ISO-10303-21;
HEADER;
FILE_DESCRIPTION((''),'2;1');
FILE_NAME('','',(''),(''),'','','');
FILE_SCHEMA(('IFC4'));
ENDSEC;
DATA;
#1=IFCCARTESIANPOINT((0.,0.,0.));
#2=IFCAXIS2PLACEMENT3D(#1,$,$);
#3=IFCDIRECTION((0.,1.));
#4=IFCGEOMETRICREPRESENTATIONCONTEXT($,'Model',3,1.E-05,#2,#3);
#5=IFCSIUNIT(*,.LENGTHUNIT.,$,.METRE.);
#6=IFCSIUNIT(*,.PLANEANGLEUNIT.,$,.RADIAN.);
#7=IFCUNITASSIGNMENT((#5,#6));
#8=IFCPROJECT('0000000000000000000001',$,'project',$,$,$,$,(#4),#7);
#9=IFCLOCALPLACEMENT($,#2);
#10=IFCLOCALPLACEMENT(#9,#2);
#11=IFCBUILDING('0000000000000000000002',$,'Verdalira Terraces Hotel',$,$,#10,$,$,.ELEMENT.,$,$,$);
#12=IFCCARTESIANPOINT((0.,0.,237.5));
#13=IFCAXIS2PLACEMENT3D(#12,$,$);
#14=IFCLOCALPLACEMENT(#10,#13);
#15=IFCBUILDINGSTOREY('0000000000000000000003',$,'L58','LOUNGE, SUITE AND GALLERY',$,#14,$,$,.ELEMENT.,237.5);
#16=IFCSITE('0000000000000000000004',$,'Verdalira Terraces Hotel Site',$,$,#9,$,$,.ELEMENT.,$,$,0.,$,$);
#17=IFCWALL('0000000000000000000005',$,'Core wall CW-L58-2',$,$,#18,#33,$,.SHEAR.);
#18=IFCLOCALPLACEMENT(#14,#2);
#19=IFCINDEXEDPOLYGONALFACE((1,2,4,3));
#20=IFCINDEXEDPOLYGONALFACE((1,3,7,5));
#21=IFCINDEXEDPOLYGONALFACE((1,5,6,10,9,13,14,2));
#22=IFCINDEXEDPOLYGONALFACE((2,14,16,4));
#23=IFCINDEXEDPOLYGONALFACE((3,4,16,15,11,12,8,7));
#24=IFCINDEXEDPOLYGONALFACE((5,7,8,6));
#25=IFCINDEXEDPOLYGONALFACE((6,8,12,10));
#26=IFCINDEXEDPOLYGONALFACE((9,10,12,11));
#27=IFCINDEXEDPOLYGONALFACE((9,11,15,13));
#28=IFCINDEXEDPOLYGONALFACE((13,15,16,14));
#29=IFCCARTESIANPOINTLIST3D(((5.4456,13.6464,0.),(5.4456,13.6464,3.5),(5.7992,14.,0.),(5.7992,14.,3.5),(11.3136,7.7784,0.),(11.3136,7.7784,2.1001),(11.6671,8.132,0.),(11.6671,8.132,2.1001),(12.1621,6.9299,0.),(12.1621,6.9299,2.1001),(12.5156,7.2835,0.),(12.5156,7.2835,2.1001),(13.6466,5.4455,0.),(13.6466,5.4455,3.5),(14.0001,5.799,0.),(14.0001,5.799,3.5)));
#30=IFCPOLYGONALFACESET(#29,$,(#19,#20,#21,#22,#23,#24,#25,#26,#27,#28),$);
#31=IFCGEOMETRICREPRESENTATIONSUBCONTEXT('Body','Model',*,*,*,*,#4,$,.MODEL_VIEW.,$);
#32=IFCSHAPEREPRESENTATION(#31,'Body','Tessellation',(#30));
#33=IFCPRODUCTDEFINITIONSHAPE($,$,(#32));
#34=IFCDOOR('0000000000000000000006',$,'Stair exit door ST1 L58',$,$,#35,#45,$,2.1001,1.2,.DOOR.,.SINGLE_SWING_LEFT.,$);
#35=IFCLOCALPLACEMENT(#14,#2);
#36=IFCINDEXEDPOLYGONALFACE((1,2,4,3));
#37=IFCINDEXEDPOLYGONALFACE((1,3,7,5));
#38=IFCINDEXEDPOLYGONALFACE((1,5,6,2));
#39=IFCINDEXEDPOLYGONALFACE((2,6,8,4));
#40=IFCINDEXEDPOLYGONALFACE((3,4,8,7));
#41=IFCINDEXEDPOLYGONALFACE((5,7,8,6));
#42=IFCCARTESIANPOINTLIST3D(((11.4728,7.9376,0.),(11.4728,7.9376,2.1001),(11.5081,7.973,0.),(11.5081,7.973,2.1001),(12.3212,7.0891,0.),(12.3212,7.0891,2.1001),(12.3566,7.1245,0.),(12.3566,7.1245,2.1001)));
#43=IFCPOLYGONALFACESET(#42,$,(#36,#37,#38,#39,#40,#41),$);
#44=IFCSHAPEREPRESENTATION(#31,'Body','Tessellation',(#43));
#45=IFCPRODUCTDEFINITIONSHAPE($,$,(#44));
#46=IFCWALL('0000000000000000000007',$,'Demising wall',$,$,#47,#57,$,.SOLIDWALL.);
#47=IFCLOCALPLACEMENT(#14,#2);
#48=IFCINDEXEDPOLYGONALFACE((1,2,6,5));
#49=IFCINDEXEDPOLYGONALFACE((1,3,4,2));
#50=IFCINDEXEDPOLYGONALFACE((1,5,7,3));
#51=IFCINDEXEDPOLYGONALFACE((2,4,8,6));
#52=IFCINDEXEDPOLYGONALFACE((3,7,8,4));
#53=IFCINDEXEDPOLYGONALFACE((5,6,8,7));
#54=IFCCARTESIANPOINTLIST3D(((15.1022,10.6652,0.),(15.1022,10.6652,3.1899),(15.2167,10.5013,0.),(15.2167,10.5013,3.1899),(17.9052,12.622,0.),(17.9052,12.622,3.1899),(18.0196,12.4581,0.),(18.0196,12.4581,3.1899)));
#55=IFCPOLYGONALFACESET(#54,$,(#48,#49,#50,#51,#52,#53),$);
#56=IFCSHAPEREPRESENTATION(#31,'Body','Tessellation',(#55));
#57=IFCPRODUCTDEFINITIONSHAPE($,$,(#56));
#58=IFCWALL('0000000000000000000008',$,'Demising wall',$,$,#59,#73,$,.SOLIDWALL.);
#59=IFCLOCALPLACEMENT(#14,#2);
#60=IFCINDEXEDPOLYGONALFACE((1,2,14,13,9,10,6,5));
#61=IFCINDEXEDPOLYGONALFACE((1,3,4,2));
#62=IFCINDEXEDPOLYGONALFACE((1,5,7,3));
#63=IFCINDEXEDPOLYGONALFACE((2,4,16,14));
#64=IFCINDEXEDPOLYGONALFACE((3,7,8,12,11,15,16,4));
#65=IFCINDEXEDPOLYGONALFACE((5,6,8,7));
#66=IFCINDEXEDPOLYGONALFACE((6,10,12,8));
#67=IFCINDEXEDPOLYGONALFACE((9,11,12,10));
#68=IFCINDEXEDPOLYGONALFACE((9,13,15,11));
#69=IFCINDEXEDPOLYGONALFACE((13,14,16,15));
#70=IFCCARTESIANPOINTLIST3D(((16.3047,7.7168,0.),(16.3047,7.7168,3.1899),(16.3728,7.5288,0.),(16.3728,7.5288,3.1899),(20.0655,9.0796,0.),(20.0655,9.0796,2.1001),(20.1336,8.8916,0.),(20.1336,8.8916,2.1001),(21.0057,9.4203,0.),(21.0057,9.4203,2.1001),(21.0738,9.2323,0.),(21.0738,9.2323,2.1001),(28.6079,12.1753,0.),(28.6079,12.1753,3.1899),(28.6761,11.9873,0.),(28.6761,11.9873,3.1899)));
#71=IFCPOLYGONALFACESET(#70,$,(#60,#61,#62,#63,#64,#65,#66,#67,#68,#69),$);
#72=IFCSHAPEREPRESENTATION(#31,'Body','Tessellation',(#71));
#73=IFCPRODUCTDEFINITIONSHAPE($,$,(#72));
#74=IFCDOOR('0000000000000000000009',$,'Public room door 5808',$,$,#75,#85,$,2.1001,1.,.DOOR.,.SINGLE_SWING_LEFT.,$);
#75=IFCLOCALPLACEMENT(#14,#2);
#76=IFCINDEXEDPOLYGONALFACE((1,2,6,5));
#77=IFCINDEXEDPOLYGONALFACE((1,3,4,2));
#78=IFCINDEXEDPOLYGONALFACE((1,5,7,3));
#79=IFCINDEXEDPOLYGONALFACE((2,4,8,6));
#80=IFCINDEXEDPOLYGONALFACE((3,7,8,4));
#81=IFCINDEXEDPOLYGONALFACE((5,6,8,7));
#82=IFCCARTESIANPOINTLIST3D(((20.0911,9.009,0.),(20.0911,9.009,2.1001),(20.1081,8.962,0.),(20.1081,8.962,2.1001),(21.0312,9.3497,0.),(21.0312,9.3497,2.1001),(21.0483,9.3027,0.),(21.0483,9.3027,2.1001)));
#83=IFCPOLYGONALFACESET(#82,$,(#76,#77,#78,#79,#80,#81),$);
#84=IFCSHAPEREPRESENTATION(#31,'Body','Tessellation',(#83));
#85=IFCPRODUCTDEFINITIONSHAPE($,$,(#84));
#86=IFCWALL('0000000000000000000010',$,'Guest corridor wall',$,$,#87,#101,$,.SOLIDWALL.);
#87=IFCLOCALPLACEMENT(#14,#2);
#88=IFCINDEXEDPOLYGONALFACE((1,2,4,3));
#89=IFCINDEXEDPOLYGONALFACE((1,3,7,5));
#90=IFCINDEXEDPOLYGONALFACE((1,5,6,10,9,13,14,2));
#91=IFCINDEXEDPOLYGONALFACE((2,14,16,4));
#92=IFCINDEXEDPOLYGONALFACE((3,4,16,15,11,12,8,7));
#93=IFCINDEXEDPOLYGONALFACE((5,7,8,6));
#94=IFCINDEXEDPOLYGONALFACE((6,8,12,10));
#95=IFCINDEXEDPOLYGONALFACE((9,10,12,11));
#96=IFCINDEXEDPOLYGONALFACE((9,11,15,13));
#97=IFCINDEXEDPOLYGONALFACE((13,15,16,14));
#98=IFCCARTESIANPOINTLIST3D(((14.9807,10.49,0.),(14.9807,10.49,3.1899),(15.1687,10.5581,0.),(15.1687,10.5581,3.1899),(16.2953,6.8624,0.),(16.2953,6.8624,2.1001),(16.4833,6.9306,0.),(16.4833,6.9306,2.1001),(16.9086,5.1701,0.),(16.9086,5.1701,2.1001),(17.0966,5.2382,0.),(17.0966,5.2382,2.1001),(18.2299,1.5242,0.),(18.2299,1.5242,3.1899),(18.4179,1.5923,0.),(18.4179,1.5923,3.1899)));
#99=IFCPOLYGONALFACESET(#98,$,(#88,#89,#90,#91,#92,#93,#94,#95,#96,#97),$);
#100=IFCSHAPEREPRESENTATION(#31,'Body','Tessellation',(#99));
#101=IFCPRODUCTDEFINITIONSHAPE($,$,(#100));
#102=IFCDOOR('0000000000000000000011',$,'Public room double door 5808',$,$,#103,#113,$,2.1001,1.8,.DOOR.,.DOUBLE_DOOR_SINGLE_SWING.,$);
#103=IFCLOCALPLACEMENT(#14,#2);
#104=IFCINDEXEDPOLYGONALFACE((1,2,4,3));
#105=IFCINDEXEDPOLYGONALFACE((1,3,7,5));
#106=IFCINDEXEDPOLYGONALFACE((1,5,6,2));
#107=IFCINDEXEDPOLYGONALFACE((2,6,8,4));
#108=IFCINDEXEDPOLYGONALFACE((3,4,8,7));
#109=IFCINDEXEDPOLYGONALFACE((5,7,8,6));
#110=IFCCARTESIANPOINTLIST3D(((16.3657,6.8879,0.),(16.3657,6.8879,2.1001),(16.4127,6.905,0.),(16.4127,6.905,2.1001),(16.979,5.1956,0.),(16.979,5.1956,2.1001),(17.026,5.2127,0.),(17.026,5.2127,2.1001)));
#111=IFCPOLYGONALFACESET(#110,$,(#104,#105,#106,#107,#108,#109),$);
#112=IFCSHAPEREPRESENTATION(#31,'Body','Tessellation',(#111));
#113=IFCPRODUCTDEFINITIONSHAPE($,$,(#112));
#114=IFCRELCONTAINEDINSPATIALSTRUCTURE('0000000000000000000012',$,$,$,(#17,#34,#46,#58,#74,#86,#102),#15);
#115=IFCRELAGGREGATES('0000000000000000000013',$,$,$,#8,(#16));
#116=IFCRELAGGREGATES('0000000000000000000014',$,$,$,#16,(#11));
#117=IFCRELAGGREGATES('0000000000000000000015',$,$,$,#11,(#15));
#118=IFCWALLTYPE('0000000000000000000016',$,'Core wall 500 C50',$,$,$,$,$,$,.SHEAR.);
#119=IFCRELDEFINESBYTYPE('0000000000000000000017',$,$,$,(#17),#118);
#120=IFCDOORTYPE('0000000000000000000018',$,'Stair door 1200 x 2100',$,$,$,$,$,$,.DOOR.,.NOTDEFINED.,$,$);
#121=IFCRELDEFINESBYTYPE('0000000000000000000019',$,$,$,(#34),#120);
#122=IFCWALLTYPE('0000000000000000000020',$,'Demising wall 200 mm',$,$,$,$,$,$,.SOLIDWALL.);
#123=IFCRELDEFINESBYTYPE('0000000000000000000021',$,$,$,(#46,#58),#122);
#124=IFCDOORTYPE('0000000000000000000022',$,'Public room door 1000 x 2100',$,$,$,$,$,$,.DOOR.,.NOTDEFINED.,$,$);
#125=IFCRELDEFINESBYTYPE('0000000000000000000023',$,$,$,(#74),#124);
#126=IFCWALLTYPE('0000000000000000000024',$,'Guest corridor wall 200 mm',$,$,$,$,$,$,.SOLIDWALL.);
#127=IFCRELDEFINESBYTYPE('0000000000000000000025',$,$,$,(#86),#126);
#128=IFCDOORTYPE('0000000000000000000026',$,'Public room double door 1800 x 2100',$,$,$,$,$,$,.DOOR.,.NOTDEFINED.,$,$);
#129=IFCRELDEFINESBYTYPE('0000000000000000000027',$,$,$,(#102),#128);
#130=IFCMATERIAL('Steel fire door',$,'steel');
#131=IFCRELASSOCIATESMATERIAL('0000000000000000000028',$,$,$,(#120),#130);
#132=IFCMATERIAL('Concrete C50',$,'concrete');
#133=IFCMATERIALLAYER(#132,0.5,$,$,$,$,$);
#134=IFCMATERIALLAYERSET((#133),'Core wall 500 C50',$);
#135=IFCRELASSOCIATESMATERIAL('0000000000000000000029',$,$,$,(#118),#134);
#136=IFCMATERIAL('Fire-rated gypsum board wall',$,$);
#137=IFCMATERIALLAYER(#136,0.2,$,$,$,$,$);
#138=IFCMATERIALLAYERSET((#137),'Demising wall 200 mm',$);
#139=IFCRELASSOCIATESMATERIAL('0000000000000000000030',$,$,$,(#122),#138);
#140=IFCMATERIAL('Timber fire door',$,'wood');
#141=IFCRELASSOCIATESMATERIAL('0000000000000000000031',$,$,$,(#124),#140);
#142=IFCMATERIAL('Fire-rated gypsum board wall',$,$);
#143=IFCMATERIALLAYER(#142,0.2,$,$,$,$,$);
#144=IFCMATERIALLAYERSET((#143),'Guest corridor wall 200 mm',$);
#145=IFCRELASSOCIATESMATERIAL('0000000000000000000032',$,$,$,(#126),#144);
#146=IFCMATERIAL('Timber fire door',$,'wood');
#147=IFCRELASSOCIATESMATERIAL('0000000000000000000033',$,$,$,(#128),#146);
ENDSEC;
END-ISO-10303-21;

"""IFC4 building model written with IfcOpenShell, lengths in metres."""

from ifc_helpers import new_model, si_unit, direction, frame, frame_2d, origin, place, context, subcontext, project, spatial, rectangle, extrude, material, layer, layer_set, type_object, element, fill, save


model = new_model("IFC4")

# Units and contexts
model_context = context("Model", 3, precision=1e-05, world=origin(), true_north=direction((0.0, 1.0)))
body_context = subcontext(model_context, "Body", "Model", "MODEL_VIEW")
ifc_project = project(units=[si_unit("LENGTHUNIT", "METRE"), si_unit("PLANEANGLEUNIT", "RADIAN")], contexts=[model_context])

# Site, building, storey
site_placement = place(None, origin())
site = spatial("IfcSite", under=ifc_project, at=site_placement, Name="Verdalira Terraces Hotel Site", CompositionType="ELEMENT", RefElevation=0.0)
building_placement = place(site_placement, origin())
building = spatial("IfcBuilding", under=site, at=building_placement, Name="Verdalira Terraces Hotel", CompositionType="ELEMENT")
storey_placement = place(building_placement, frame((0.0, 0.0, 237.5)))
storey = spatial("IfcBuildingStorey", under=building, at=storey_placement, Name="L58", Description="LOUNGE, SUITE AND GALLERY", CompositionType="ELEMENT", Elevation=237.5)

# Shared definitions
ifc_material_1 = material(Name="Steel fire door", Category="steel")
door_type_1 = type_object("IfcDoorType", Name="Stair door 1200 x 2100", OperationType="NOTDEFINED", PredefinedType="DOOR", material=ifc_material_1)

# Wall, opening, door
ifc_material_2 = material(Name="Concrete C50", Category="concrete")
ifc_layer_1 = layer(ifc_material_2, 0.5)
ifc_layer_set_1 = layer_set([ifc_layer_1], Name="Core wall 500 C50")
wall_type_1 = type_object("IfcWallType", Name="Core wall 500 C50", PredefinedType="SHEAR", material=ifc_layer_set_1)
wall_1_placement = place(storey_placement, frame((13.8232, 5.6223, 0.0), z_axis=(0.0, 0.0, 1.0), x_axis=(-0.707107, 0.707107, 0.0)))
wall_1 = element("IfcWall", 1, at=wall_1_placement, inside=storey, type_object=wall_type_1, Name="Core wall CW-L58-2", PredefinedType="SHEAR", context=body_context, shape_type="SweptSolid", body=[
    extrude(rectangle(XDim=11.5979, YDim=0.5, at=frame_2d((5.7988, 0.0))), origin(), (0.0, 0.0, 1.0), 3.5),
])
opening_1_placement = place(wall_1_placement, frame((2.0991, 0.0, 0.0)))
opening_1 = element("IfcOpeningElement", 2, at=opening_1_placement, cuts=wall_1, PredefinedType="OPENING", context=body_context, shape_type="SweptSolid", body=[
    extrude(rectangle(XDim=1.2, YDim=2.1001, at=frame_2d((0.6001, 1.05))), frame((0.0, 0.26, 0.0), z_axis=(0.0, -1.0, 0.0), x_axis=(1.0, 0.0, 0.0)), (0.0, 0.0, 1.0), 0.52),
])
door_1_placement = place(opening_1_placement, origin())
door_1 = element("IfcDoor", 3, at=door_1_placement, inside=storey, type_object=door_type_1, Name="Stair exit door ST1 L58", OperationType="SINGLE_SWING_LEFT", OverallHeight=2.1001, OverallWidth=1.2, PredefinedType="DOOR", context=body_context, shape_type="SweptSolid", body=[
    extrude(rectangle(XDim=1.2, YDim=2.1001, at=frame_2d((0.6001, 1.05))), frame((0.0, 0.0249, 0.0), z_axis=(0.0, -1.0, 0.0), x_axis=(1.0, 0.0, 0.0)), (0.0, 0.0, 1.0), 0.05),
])
fill(opening_1, door_1)

# Wall
ifc_material_3 = material(Name="Fire-rated gypsum board wall")
ifc_layer_2 = layer(ifc_material_3, 0.2)
ifc_layer_set_2 = layer_set([ifc_layer_2], Name="Demising wall 200 mm")
wall_type_2 = type_object("IfcWallType", Name="Demising wall 200 mm", PredefinedType="SOLIDWALL", material=ifc_layer_set_2)
wall_2_placement = place(storey_placement, frame((15.1594, 10.5833, 0.0), z_axis=(0.0, 0.0, 1.0), x_axis=(0.819959, 0.572422, 0.0)))
element("IfcWall", 4, at=wall_2_placement, inside=storey, type_object=wall_type_2, Name="Demising wall", PredefinedType="SOLIDWALL", context=body_context, shape_type="SweptSolid", body=[
    extrude(rectangle(XDim=3.4185, YDim=0.2, at=frame_2d((1.7092, 0.0))), origin(), (0.0, 0.0, 1.0), 3.1899),
])

# Walls, openings, doors
wall_3_placement = place(storey_placement, frame((16.3389, 7.6228, 0.0), z_axis=(0.0, 0.0, 1.0), x_axis=(0.940171, 0.340703, 0.0)))
wall_3 = element("IfcWall", 5, at=wall_3_placement, inside=storey, type_object=wall_type_2, Name="Demising wall", PredefinedType="SOLIDWALL", context=body_context, shape_type="SweptSolid", body=[
    extrude(rectangle(XDim=13.0862, YDim=0.2, at=frame_2d((6.543, 0.0))), origin(), (0.0, 0.0, 1.0), 3.1899),
])
opening_2_placement = place(wall_3_placement, frame((4.0, 0.0, 0.0)))
opening_2 = element("IfcOpeningElement", 6, at=opening_2_placement, cuts=wall_3, PredefinedType="OPENING", context=body_context, shape_type="SweptSolid", body=[
    extrude(rectangle(XDim=1.0, YDim=2.1001, at=frame_2d((0.5, 1.05))), frame((0.0, 0.1099, 0.0), z_axis=(0.0, -1.0, 0.0), x_axis=(1.0, 0.0, 0.0)), (0.0, 0.0, 1.0), 0.22),
])
ifc_material_4 = material(Name="Timber fire door", Category="wood")
door_type_2 = type_object("IfcDoorType", Name="Public room door 1000 x 2100", OperationType="NOTDEFINED", PredefinedType="DOOR", material=ifc_material_4)
door_2_placement = place(opening_2_placement, origin())
door_2 = element("IfcDoor", 7, at=door_2_placement, inside=storey, type_object=door_type_2, Name="Public room door 5808", OperationType="SINGLE_SWING_LEFT", OverallHeight=2.1001, OverallWidth=1.0, PredefinedType="DOOR", context=body_context, shape_type="SweptSolid", body=[
    extrude(rectangle(XDim=1.0, YDim=2.1001, at=frame_2d((0.5, 1.05))), frame((0.0, 0.0249, 0.0), z_axis=(0.0, -1.0, 0.0), x_axis=(1.0, 0.0, 0.0)), (0.0, 0.0, 1.0), 0.05),
])
fill(opening_2, door_2)
ifc_material_5 = material(Name="Fire-rated gypsum board wall")
ifc_layer_3 = layer(ifc_material_5, 0.2)
ifc_layer_set_3 = layer_set([ifc_layer_3], Name="Guest corridor wall 200 mm")
wall_type_3 = type_object("IfcWallType", Name="Guest corridor wall 200 mm", PredefinedType="SOLIDWALL", material=ifc_layer_set_3)
wall_4_placement = place(storey_placement, frame((15.0747, 10.5239, 0.0), z_axis=(0.0, 0.0, 1.0), x_axis=(0.340721, -0.940164, 0.0)))
wall_4 = element("IfcWall", 8, at=wall_4_placement, inside=storey, type_object=wall_type_3, Name="Guest corridor wall", PredefinedType="SOLIDWALL", context=body_context, shape_type="SweptSolid", body=[
    extrude(rectangle(XDim=9.5364, YDim=0.2, at=frame_2d((4.7681, 0.0))), origin(), (0.0, 0.0, 1.0), 3.1899),
])
opening_3_placement = place(wall_4_placement, frame((3.8584, 0.0, 0.0)))
opening_3 = element("IfcOpeningElement", 9, at=opening_3_placement, cuts=wall_4, PredefinedType="OPENING", context=body_context, shape_type="SweptSolid", body=[
    extrude(rectangle(XDim=1.8, YDim=2.1001, at=frame_2d((0.8999, 1.05))), frame((0.0, 0.1099, 0.0), z_axis=(0.0, -1.0, 0.0), x_axis=(1.0, 0.0, 0.0)), (0.0, 0.0, 1.0), 0.22),
])
ifc_material_6 = material(Name="Timber fire door", Category="wood")
door_type_3 = type_object("IfcDoorType", Name="Public room double door 1800 x 2100", OperationType="NOTDEFINED", PredefinedType="DOOR", material=ifc_material_6)
door_3_placement = place(opening_3_placement, origin())
door_3 = element("IfcDoor", 10, at=door_3_placement, inside=storey, type_object=door_type_3, Name="Public room double door 5808", OperationType="DOUBLE_DOOR_SINGLE_SWING", OverallHeight=2.1001, OverallWidth=1.8, PredefinedType="DOOR", context=body_context, shape_type="SweptSolid", body=[
    extrude(rectangle(XDim=1.8, YDim=2.1001, at=frame_2d((0.8999, 1.05))), frame((0.0, 0.0249, 0.0), z_axis=(0.0, -1.0, 0.0), x_axis=(1.0, 0.0, 0.0)), (0.0, 0.0, 1.0), 0.05),
])
fill(opening_3, door_3)

save(model, "model.ifc")
